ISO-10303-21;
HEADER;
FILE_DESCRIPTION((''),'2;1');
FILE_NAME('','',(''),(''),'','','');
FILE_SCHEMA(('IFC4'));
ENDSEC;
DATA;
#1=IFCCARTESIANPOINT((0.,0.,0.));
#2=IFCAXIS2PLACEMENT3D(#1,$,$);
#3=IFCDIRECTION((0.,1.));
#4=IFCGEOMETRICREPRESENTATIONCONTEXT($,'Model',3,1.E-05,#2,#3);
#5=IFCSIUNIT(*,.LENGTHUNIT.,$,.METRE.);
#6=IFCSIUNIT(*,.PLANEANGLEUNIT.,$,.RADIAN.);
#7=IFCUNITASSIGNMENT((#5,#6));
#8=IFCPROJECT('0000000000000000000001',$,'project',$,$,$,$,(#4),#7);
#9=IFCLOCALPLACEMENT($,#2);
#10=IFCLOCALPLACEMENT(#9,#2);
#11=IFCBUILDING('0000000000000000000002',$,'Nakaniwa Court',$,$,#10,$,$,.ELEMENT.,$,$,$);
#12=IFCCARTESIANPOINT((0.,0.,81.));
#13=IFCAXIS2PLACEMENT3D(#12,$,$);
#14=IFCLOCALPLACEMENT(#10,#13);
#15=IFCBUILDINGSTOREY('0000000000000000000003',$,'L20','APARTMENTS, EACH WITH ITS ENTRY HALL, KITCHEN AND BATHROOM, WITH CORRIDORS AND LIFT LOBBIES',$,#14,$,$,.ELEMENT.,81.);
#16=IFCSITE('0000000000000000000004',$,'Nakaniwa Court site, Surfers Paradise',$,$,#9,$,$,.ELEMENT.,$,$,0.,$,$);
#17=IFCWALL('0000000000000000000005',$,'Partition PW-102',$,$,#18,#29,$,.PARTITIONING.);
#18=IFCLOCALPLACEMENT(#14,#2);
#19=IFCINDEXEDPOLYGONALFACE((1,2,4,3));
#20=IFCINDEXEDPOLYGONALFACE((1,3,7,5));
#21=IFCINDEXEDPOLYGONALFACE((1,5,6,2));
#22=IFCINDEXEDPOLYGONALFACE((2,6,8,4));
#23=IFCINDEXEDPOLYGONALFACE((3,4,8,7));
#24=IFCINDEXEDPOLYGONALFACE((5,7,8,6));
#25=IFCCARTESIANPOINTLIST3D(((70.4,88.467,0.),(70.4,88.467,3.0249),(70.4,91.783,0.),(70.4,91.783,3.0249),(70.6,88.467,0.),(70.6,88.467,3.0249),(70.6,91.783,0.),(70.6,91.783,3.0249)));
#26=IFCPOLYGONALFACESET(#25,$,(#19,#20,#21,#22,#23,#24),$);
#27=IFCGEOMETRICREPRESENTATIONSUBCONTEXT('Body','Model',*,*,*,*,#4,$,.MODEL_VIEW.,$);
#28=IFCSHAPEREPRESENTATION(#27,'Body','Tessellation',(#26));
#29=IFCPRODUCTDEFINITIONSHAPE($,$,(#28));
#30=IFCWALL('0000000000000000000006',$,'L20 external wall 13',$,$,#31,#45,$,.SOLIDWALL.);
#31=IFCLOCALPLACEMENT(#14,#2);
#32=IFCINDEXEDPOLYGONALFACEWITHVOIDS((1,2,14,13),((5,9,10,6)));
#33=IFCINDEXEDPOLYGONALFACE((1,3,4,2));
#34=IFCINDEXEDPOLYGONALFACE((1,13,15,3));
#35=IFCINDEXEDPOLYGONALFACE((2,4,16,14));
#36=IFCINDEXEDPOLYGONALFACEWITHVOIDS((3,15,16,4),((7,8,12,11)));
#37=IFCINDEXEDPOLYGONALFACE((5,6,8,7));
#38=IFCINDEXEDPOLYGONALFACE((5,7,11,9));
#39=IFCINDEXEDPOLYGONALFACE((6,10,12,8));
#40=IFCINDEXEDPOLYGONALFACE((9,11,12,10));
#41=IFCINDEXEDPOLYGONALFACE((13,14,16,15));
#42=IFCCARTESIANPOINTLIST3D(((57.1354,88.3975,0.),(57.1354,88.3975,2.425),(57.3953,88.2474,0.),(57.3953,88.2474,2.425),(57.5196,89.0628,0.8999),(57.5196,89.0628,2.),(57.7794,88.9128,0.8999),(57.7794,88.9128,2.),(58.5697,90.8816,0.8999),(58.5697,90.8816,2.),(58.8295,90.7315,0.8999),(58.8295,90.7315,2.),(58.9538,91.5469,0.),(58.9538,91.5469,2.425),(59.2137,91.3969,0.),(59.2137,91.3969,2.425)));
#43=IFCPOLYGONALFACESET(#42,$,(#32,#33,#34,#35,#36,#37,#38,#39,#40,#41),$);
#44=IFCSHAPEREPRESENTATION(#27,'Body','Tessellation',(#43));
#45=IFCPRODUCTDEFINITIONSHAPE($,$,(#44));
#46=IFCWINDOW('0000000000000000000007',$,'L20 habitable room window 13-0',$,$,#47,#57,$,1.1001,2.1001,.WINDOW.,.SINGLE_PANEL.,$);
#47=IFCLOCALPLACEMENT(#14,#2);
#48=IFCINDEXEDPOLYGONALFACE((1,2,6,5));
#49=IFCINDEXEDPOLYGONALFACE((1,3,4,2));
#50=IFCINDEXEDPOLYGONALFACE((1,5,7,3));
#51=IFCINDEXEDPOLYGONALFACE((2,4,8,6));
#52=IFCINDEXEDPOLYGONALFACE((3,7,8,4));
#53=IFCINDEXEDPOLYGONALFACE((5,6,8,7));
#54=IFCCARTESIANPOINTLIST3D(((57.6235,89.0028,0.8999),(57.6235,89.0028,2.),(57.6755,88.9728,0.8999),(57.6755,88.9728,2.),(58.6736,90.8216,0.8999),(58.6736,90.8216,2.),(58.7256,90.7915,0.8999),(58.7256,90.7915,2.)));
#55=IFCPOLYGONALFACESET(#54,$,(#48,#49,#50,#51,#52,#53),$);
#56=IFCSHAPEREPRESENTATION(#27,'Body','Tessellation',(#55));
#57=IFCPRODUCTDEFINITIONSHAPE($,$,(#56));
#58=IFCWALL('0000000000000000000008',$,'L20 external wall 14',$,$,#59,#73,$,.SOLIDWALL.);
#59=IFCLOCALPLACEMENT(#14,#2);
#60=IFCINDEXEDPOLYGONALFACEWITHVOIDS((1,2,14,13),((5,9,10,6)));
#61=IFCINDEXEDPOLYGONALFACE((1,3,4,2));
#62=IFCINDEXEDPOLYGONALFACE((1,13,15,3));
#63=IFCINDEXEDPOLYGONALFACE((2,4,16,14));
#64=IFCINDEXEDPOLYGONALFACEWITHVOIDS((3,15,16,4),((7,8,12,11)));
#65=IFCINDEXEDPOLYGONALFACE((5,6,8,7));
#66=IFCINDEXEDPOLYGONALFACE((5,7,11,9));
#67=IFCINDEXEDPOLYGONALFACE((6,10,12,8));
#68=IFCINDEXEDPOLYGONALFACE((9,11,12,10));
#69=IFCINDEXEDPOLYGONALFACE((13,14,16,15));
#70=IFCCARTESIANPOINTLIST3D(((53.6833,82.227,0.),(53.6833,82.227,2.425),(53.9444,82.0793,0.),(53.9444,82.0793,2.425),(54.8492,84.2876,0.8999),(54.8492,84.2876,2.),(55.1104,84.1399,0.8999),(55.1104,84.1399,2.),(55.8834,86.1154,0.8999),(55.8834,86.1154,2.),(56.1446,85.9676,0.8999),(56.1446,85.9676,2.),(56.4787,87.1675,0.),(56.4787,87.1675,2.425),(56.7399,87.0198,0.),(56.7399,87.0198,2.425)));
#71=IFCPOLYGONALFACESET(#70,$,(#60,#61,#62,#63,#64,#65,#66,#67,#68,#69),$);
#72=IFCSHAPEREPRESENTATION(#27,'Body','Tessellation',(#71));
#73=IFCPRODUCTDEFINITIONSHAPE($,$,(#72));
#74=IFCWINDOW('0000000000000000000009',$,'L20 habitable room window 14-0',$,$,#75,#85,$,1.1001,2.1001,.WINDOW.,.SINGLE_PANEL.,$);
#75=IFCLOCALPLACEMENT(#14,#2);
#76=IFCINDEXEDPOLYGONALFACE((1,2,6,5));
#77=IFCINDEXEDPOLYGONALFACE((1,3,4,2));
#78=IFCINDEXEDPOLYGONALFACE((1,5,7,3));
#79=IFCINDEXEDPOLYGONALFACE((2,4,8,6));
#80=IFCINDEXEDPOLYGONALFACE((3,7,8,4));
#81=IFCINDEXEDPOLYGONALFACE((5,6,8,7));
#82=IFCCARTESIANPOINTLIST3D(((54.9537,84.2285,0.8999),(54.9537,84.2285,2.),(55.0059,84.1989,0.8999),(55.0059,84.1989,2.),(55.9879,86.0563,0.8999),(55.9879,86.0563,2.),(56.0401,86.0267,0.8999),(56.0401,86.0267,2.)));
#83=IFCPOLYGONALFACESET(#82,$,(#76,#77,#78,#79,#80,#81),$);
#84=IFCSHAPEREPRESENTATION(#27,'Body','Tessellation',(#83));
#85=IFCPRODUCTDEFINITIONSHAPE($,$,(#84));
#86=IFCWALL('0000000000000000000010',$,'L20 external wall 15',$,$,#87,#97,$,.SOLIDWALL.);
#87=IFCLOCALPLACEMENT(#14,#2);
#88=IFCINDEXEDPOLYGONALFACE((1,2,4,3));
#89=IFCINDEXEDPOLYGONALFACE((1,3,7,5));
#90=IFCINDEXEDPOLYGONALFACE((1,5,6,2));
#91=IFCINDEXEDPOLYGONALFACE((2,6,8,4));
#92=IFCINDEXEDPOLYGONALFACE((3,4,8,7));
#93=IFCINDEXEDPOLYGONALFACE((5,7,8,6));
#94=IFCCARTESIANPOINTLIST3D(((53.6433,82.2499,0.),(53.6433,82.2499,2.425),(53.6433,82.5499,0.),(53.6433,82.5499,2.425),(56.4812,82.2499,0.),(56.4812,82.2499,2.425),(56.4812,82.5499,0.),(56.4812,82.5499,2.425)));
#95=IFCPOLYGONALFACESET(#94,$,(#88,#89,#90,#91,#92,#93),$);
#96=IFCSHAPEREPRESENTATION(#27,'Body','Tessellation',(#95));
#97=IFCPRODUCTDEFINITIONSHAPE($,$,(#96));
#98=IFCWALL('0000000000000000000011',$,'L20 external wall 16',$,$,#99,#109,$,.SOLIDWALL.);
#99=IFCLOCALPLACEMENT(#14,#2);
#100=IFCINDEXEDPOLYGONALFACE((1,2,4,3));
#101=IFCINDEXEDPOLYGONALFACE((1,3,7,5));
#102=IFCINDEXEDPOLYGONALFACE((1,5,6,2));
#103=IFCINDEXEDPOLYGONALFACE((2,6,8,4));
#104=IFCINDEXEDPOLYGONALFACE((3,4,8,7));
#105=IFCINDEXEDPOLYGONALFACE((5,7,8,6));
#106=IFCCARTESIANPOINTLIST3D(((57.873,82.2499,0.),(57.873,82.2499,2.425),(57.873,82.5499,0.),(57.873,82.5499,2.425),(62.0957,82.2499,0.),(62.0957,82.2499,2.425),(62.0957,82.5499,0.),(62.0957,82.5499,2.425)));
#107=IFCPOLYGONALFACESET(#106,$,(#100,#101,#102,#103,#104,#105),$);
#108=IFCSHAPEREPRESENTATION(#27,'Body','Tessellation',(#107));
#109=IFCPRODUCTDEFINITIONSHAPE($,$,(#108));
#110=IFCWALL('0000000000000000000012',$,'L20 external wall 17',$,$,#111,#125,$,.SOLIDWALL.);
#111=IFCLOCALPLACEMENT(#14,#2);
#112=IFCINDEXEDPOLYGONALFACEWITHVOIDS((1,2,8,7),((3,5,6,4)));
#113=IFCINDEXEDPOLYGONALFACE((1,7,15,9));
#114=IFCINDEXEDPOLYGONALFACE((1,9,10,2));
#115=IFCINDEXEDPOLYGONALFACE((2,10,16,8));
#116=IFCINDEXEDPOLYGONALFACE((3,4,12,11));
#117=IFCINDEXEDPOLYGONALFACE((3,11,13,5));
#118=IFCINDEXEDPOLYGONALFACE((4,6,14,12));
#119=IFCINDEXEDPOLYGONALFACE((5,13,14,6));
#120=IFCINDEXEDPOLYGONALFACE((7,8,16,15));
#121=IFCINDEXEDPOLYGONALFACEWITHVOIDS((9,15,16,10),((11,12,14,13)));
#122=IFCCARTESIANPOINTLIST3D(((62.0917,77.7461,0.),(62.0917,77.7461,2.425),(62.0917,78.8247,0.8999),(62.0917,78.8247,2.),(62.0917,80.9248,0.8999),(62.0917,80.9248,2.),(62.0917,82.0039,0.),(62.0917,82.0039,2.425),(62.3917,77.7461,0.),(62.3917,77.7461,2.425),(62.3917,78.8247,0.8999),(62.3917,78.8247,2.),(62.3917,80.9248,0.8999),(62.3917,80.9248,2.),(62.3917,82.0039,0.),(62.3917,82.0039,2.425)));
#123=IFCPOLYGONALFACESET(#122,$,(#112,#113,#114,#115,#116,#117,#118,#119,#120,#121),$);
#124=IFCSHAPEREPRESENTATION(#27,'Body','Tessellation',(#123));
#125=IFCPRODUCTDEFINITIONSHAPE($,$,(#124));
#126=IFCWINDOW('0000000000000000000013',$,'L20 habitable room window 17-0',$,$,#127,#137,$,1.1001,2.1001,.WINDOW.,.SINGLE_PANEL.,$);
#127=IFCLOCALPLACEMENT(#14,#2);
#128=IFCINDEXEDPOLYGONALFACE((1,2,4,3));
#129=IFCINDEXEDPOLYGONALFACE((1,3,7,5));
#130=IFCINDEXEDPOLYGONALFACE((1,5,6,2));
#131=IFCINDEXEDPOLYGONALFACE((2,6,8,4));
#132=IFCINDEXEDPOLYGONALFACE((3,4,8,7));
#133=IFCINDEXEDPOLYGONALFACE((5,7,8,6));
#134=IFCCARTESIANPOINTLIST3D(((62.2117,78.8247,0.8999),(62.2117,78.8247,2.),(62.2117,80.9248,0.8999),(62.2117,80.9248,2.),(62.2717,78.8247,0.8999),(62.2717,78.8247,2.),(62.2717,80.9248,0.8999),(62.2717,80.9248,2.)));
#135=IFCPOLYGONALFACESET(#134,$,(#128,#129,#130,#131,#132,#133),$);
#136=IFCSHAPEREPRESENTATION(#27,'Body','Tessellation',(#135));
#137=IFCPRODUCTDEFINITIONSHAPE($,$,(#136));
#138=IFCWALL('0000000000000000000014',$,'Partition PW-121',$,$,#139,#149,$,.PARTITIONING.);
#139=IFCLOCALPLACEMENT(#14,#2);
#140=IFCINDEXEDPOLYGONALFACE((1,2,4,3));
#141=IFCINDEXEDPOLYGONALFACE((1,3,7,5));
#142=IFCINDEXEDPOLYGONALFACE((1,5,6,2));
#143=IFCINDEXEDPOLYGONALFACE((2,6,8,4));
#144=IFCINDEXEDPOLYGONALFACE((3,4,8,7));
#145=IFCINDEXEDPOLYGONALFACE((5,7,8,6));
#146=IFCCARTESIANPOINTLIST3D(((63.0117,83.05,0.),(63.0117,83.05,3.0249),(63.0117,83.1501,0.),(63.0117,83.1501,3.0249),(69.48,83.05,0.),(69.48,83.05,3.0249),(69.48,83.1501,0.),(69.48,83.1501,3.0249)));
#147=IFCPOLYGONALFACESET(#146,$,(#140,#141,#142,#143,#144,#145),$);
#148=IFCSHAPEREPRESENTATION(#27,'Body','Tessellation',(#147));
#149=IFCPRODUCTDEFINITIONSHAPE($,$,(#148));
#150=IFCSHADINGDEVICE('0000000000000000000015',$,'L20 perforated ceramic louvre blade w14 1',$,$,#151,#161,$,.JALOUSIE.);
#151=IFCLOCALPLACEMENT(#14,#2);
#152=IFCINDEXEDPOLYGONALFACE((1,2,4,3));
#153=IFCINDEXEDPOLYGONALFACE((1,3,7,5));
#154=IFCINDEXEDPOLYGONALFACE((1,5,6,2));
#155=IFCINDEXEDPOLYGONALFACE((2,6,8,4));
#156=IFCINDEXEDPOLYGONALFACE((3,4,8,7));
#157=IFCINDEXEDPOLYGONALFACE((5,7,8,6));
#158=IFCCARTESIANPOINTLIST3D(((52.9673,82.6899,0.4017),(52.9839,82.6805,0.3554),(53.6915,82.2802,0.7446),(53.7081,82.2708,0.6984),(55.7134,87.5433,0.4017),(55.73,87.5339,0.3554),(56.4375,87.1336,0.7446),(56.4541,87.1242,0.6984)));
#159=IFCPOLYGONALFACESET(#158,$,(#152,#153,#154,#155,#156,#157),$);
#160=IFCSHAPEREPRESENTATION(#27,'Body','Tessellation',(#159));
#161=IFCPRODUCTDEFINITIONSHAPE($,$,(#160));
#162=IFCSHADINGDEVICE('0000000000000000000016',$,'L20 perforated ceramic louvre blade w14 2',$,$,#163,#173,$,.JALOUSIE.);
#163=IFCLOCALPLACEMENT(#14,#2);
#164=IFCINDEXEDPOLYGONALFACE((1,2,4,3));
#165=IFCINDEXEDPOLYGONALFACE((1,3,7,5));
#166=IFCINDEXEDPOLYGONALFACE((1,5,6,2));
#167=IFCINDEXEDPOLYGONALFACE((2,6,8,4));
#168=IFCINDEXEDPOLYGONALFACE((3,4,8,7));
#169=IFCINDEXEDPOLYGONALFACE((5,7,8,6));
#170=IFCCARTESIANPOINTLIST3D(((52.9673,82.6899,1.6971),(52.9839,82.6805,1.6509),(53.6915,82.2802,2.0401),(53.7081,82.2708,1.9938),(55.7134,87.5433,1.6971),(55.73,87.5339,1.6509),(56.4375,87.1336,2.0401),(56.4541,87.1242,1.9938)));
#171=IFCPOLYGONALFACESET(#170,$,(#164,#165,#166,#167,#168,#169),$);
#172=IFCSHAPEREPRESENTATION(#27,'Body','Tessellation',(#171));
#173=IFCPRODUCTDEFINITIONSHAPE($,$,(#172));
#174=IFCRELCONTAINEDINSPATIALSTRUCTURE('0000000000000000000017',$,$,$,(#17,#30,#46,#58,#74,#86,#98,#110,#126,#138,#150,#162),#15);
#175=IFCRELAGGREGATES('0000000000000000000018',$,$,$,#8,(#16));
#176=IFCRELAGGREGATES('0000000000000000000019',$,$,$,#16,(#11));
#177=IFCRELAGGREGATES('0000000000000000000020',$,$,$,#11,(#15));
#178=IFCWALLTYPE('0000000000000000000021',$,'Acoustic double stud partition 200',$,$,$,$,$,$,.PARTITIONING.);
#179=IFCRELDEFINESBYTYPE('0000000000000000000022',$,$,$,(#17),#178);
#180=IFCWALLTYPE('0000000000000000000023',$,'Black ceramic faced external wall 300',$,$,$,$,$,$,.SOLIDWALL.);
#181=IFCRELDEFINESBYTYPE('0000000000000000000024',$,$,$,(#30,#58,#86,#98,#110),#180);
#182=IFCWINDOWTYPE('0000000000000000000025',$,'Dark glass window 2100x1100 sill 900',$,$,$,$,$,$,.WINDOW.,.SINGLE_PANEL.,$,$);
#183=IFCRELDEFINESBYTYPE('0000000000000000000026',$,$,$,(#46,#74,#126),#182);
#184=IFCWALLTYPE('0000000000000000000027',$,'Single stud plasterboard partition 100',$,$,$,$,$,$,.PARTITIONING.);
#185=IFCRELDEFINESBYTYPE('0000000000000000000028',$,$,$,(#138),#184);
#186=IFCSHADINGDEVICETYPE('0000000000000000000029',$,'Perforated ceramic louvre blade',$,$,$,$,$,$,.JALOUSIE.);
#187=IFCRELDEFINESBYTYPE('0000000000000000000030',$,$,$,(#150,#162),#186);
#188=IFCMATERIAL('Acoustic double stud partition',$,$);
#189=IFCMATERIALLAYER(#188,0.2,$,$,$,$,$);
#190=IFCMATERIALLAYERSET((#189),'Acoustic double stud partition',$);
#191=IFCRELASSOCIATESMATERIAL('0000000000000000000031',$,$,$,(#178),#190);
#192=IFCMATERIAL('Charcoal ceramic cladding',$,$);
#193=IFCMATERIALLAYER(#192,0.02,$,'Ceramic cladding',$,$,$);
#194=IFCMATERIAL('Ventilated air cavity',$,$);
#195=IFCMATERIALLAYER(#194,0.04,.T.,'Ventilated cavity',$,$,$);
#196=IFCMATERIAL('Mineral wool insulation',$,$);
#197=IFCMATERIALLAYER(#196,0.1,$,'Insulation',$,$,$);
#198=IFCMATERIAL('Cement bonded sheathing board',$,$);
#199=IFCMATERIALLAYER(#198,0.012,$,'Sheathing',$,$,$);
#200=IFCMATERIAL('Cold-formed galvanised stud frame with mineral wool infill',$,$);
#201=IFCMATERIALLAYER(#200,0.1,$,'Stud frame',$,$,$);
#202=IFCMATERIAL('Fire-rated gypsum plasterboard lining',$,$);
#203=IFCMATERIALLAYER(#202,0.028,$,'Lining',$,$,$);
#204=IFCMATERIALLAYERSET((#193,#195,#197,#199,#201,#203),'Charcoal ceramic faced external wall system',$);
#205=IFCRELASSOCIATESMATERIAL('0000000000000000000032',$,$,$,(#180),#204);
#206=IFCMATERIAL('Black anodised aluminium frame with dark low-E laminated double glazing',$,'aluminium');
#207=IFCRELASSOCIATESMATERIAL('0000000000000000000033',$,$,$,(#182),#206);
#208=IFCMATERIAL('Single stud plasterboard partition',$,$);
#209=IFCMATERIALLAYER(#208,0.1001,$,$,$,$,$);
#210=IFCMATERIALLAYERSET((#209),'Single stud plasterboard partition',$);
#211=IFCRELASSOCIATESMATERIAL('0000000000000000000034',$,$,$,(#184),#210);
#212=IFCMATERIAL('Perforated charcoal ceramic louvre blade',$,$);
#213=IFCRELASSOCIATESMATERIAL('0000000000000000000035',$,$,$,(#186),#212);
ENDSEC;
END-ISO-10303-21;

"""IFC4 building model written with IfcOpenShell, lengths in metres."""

from ifc_helpers import new_model, si_unit, direction, frame, frame_2d, origin, origin_2d, place, context, subcontext, project, spatial, rectangle, extrude, material, layer, layer_set, material_profile, profile_set, type_object, element, fill, save


model = new_model("IFC4")

# Units and contexts
model_context = context("Model", 3, precision=1e-05, world=origin(), true_north=direction((0.0, 1.0)))
body_context = subcontext(model_context, "Body", "Model", "MODEL_VIEW")
ifc_project = project(units=[si_unit("LENGTHUNIT", "METRE"), si_unit("PLANEANGLEUNIT", "RADIAN")], contexts=[model_context])

# Site, building, storey
site_placement = place(None, origin())
site = spatial("IfcSite", under=ifc_project, at=site_placement, Name="Nakaniwa Court site, Surfers Paradise", CompositionType="ELEMENT", RefElevation=0.0)
building_placement = place(site_placement, origin())
building = spatial("IfcBuilding", under=site, at=building_placement, Name="Nakaniwa Court", CompositionType="ELEMENT")
storey_placement = place(building_placement, frame((0.0, 0.0, 81.0)))
storey = spatial("IfcBuildingStorey", under=building, at=storey_placement, Name="L20", Description="APARTMENTS, EACH WITH ITS ENTRY HALL, KITCHEN AND BATHROOM, WITH CORRIDORS AND LIFT LOBBIES", CompositionType="ELEMENT", Elevation=81.0)

# Shared definitions
ifc_material_1 = material(Name="Acoustic double stud partition")
ifc_layer_1 = layer(ifc_material_1, 0.2)
ifc_layer_set_1 = layer_set([ifc_layer_1], Name="Acoustic double stud partition")
wall_type_1 = type_object("IfcWallType", Name="Acoustic double stud partition 200", PredefinedType="PARTITIONING", material=ifc_layer_set_1)

# Wall
wall_1_placement = place(storey_placement, frame((70.5, 88.467, 0.0), z_axis=(0.0, 0.0, 1.0), x_axis=(0.0, 1.0, 0.0)))
element("IfcWall", 1, at=wall_1_placement, inside=storey, type_object=wall_type_1, Name="Partition PW-102", PredefinedType="PARTITIONING", context=body_context, shape_type="SweptSolid", body=[
    extrude(rectangle(XDim=3.3159, YDim=0.2, at=frame_2d((1.658, 0.0))), origin(), (0.0, 0.0, 1.0), 3.0249),
])

# Walls, openings, windows
ifc_material_2 = material(Name="Charcoal ceramic cladding")
ifc_layer_2 = layer(ifc_material_2, 0.02, Name="Ceramic cladding")
ifc_material_3 = material(Name="Ventilated air cavity")
ifc_layer_3 = layer(ifc_material_3, 0.04, ventilated=True, Name="Ventilated cavity")
ifc_material_4 = material(Name="Mineral wool insulation")
ifc_layer_4 = layer(ifc_material_4, 0.1, Name="Insulation")
ifc_material_5 = material(Name="Cement bonded sheathing board")
ifc_layer_5 = layer(ifc_material_5, 0.012, Name="Sheathing")
ifc_material_6 = material(Name="Cold-formed galvanised stud frame with mineral wool infill")
ifc_layer_6 = layer(ifc_material_6, 0.1, Name="Stud frame")
ifc_material_7 = material(Name="Fire-rated gypsum plasterboard lining")
ifc_layer_7 = layer(ifc_material_7, 0.028, Name="Lining")
ifc_layer_set_2 = layer_set([ifc_layer_2, ifc_layer_3, ifc_layer_4, ifc_layer_5, ifc_layer_6, ifc_layer_7], Name="Charcoal ceramic faced external wall system")
wall_type_2 = type_object("IfcWallType", Name="Black ceramic faced external wall 300", PredefinedType="SOLIDWALL", material=ifc_layer_set_2)
wall_2_placement = place(storey_placement, frame((59.0837, 91.4719, 0.0), z_axis=(0.0, 0.0, 1.0), x_axis=(-0.500009, -0.86602, 0.0)))
wall_2 = element("IfcWall", 2, at=wall_2_placement, inside=storey, type_object=wall_type_2, Name="L20 external wall 13", PredefinedType="SOLIDWALL", context=body_context, shape_type="SweptSolid", body=[
    extrude(rectangle(XDim=3.6367, YDim=0.3, at=frame_2d((1.8184, 0.0))), origin(), (0.0, 0.0, 1.0), 2.425),
])
opening_1_placement = place(wall_2_placement, frame((0.7683, 0.0, 0.8999)))
opening_1 = element("IfcOpeningElement", 3, at=opening_1_placement, cuts=wall_2, PredefinedType="OPENING", context=body_context, shape_type="SweptSolid", body=[
    extrude(rectangle(XDim=2.1001, YDim=1.1001, at=frame_2d((1.05, 0.55))), frame((0.0, 0.1599, 0.0), z_axis=(0.0, -1.0, 0.0), x_axis=(1.0, 0.0, 0.0)), (0.0, 0.0, 1.0), 0.3201),
])
ifc_material_8 = material(Name="Black anodised aluminium frame with dark low-E laminated double glazing", Category="aluminium")
window_type = type_object("IfcWindowType", Name="Dark glass window 2100x1100 sill 900", PartitioningType="SINGLE_PANEL", PredefinedType="WINDOW", material=ifc_material_8)
window_1_placement = place(opening_1_placement, origin())
window_1 = element("IfcWindow", 4, at=window_1_placement, inside=storey, type_object=window_type, Name="L20 habitable room window 13-0", OverallHeight=1.1001, OverallWidth=2.1001, PartitioningType="SINGLE_PANEL", PredefinedType="WINDOW", context=body_context, shape_type="SweptSolid", body=[
    extrude(rectangle(XDim=2.1001, YDim=1.1001, at=frame_2d((1.05, 0.55))), frame((0.0, 0.03, 0.0), z_axis=(0.0, -1.0, 0.0), x_axis=(1.0, 0.0, 0.0)), (0.0, 0.0, 1.0), 0.0601),
])
fill(opening_1, window_1)
wall_3_placement = place(storey_placement, frame((56.6094, 87.0938, 0.0), z_axis=(0.0, 0.0, 1.0), x_axis=(-0.492457, -0.870337, 0.0)))
wall_3 = element("IfcWall", 5, at=wall_3_placement, inside=storey, type_object=wall_type_2, Name="L20 external wall 14", PredefinedType="SOLIDWALL", context=body_context, shape_type="SweptSolid", body=[
    extrude(rectangle(XDim=5.6765, YDim=0.3, at=frame_2d((2.8384, 0.0))), origin(), (0.0, 0.0, 1.0), 2.425),
])
opening_2_placement = place(wall_3_placement, frame((1.209, 0.0, 0.8999)))
opening_2 = element("IfcOpeningElement", 6, at=opening_2_placement, cuts=wall_3, PredefinedType="OPENING", context=body_context, shape_type="SweptSolid", body=[
    extrude(rectangle(XDim=2.1001, YDim=1.1001, at=frame_2d((1.05, 0.55))), frame((0.0, 0.1599, 0.0), z_axis=(0.0, -1.0, 0.0), x_axis=(1.0, 0.0, 0.0)), (0.0, 0.0, 1.0), 0.3201),
])
window_2_placement = place(opening_2_placement, origin())
window_2 = element("IfcWindow", 7, at=window_2_placement, inside=storey, type_object=window_type, Name="L20 habitable room window 14-0", OverallHeight=1.1001, OverallWidth=2.1001, PartitioningType="SINGLE_PANEL", PredefinedType="WINDOW", context=body_context, shape_type="SweptSolid", body=[
    extrude(rectangle(XDim=2.1001, YDim=1.1001, at=frame_2d((1.05, 0.55))), frame((0.0, 0.03, 0.0), z_axis=(0.0, -1.0, 0.0), x_axis=(1.0, 0.0, 0.0)), (0.0, 0.0, 1.0), 0.0601),
])
fill(opening_2, window_2)

# Walls
wall_4_placement = place(storey_placement, frame((53.6433, 82.3999, 0.0), z_axis=(0.0, 0.0, 1.0), x_axis=(1.0, 0.0, 0.0)))
element("IfcWall", 8, at=wall_4_placement, inside=storey, type_object=wall_type_2, Name="L20 external wall 15", PredefinedType="SOLIDWALL", context=body_context, shape_type="SweptSolid", body=[
    extrude(rectangle(XDim=2.8379, YDim=0.3, at=frame_2d((1.4189, 0.0))), origin(), (0.0, 0.0, 1.0), 2.425),
])
wall_5_placement = place(storey_placement, frame((57.873, 82.3999, 0.0), z_axis=(0.0, 0.0, 1.0), x_axis=(1.0, 0.0, 0.0)))
element("IfcWall", 9, at=wall_5_placement, inside=storey, type_object=wall_type_2, Name="L20 external wall 16", PredefinedType="SOLIDWALL", context=body_context, shape_type="SweptSolid", body=[
    extrude(rectangle(XDim=4.2227, YDim=0.3, at=frame_2d((2.1113, 0.0))), origin(), (0.0, 0.0, 1.0), 2.425),
])

# Wall, opening, window
wall_6_placement = place(storey_placement, frame((62.2417, 82.0039, 0.0), z_axis=(0.0, 0.0, 1.0), x_axis=(0.0, -1.0, 0.0)))
wall_6 = element("IfcWall", 10, at=wall_6_placement, inside=storey, type_object=wall_type_2, Name="L20 external wall 17", PredefinedType="SOLIDWALL", context=body_context, shape_type="SweptSolid", body=[
    extrude(rectangle(XDim=4.2578, YDim=0.3, at=frame_2d((2.1289, 0.0))), origin(), (0.0, 0.0, 1.0), 2.425),
])
opening_3_placement = place(wall_6_placement, frame((1.0791, 0.0, 0.8999)))
opening_3 = element("IfcOpeningElement", 11, at=opening_3_placement, cuts=wall_6, PredefinedType="OPENING", context=body_context, shape_type="SweptSolid", body=[
    extrude(rectangle(XDim=2.1001, YDim=1.1001, at=frame_2d((1.05, 0.55))), frame((0.0, 0.1599, 0.0), z_axis=(0.0, -1.0, 0.0), x_axis=(1.0, 0.0, 0.0)), (0.0, 0.0, 1.0), 0.3201),
])
window_3_placement = place(opening_3_placement, origin())
window_3 = element("IfcWindow", 12, at=window_3_placement, inside=storey, type_object=window_type, Name="L20 habitable room window 17-0", OverallHeight=1.1001, OverallWidth=2.1001, PartitioningType="SINGLE_PANEL", PredefinedType="WINDOW", context=body_context, shape_type="SweptSolid", body=[
    extrude(rectangle(XDim=2.1001, YDim=1.1001, at=frame_2d((1.05, 0.55))), frame((0.0, 0.03, 0.0), z_axis=(0.0, -1.0, 0.0), x_axis=(1.0, 0.0, 0.0)), (0.0, 0.0, 1.0), 0.0601),
])
fill(opening_3, window_3)

# Wall
ifc_material_9 = material(Name="Single stud plasterboard partition")
ifc_layer_8 = layer(ifc_material_9, 0.1001)
ifc_layer_set_3 = layer_set([ifc_layer_8], Name="Single stud plasterboard partition")
wall_type_3 = type_object("IfcWallType", Name="Single stud plasterboard partition 100", PredefinedType="PARTITIONING", material=ifc_layer_set_3)
wall_7_placement = place(storey_placement, frame((63.0117, 83.1001, 0.0), z_axis=(0.0, 0.0, 1.0), x_axis=(1.0, 0.0, 0.0)))
element("IfcWall", 13, at=wall_7_placement, inside=storey, type_object=wall_type_3, Name="Partition PW-121", PredefinedType="PARTITIONING", context=body_context, shape_type="SweptSolid", body=[
    extrude(rectangle(XDim=6.4683, YDim=0.1001, at=frame_2d((3.2341, 0.0))), origin(), (0.0, 0.0, 1.0), 3.0249),
])

# Shading devices
ifc_material_10 = material(Name="Perforated charcoal ceramic louvre blade")
ifc_material_profile_1 = material_profile(ifc_material_10, rectangle(XDim=0.8999, YDim=0.05, at=origin_2d()), Name="Perforated ceramic louvre blade")
ifc_profile_set_1 = profile_set([ifc_material_profile_1], Name="Perforated charcoal ceramic louvre blade")
shading_device_type = type_object("IfcShadingDeviceType", Name="Perforated ceramic louvre blade", PredefinedType="JALOUSIE", material=ifc_profile_set_1)
for number, where, z_axis, x_axis, name in (
    (14, (56.0837, 87.3337, 0.55), (-0.492438, -0.870347, 0.0), (0.804676, -0.455282, 0.38107), "L20 perforated ceramic louvre blade w14 1"),
    (15, (56.0837, 87.3337, 1.8455), (-0.492438, -0.870347, 0.0), (0.804676, -0.455282, 0.38107), "L20 perforated ceramic louvre blade w14 2"),
):
    element("IfcShadingDevice", number, at=place(storey_placement, frame(where, z_axis=z_axis, x_axis=x_axis)), inside=storey, type_object=shading_device_type, Name=name, PredefinedType="JALOUSIE", context=body_context, shape_type="SweptSolid", body=[
        extrude(rectangle(XDim=0.8999, YDim=0.05, at=origin_2d()), origin(), (0.0, 0.0, 1.0), 5.5764),
    ])

save(model, "model.ifc")
